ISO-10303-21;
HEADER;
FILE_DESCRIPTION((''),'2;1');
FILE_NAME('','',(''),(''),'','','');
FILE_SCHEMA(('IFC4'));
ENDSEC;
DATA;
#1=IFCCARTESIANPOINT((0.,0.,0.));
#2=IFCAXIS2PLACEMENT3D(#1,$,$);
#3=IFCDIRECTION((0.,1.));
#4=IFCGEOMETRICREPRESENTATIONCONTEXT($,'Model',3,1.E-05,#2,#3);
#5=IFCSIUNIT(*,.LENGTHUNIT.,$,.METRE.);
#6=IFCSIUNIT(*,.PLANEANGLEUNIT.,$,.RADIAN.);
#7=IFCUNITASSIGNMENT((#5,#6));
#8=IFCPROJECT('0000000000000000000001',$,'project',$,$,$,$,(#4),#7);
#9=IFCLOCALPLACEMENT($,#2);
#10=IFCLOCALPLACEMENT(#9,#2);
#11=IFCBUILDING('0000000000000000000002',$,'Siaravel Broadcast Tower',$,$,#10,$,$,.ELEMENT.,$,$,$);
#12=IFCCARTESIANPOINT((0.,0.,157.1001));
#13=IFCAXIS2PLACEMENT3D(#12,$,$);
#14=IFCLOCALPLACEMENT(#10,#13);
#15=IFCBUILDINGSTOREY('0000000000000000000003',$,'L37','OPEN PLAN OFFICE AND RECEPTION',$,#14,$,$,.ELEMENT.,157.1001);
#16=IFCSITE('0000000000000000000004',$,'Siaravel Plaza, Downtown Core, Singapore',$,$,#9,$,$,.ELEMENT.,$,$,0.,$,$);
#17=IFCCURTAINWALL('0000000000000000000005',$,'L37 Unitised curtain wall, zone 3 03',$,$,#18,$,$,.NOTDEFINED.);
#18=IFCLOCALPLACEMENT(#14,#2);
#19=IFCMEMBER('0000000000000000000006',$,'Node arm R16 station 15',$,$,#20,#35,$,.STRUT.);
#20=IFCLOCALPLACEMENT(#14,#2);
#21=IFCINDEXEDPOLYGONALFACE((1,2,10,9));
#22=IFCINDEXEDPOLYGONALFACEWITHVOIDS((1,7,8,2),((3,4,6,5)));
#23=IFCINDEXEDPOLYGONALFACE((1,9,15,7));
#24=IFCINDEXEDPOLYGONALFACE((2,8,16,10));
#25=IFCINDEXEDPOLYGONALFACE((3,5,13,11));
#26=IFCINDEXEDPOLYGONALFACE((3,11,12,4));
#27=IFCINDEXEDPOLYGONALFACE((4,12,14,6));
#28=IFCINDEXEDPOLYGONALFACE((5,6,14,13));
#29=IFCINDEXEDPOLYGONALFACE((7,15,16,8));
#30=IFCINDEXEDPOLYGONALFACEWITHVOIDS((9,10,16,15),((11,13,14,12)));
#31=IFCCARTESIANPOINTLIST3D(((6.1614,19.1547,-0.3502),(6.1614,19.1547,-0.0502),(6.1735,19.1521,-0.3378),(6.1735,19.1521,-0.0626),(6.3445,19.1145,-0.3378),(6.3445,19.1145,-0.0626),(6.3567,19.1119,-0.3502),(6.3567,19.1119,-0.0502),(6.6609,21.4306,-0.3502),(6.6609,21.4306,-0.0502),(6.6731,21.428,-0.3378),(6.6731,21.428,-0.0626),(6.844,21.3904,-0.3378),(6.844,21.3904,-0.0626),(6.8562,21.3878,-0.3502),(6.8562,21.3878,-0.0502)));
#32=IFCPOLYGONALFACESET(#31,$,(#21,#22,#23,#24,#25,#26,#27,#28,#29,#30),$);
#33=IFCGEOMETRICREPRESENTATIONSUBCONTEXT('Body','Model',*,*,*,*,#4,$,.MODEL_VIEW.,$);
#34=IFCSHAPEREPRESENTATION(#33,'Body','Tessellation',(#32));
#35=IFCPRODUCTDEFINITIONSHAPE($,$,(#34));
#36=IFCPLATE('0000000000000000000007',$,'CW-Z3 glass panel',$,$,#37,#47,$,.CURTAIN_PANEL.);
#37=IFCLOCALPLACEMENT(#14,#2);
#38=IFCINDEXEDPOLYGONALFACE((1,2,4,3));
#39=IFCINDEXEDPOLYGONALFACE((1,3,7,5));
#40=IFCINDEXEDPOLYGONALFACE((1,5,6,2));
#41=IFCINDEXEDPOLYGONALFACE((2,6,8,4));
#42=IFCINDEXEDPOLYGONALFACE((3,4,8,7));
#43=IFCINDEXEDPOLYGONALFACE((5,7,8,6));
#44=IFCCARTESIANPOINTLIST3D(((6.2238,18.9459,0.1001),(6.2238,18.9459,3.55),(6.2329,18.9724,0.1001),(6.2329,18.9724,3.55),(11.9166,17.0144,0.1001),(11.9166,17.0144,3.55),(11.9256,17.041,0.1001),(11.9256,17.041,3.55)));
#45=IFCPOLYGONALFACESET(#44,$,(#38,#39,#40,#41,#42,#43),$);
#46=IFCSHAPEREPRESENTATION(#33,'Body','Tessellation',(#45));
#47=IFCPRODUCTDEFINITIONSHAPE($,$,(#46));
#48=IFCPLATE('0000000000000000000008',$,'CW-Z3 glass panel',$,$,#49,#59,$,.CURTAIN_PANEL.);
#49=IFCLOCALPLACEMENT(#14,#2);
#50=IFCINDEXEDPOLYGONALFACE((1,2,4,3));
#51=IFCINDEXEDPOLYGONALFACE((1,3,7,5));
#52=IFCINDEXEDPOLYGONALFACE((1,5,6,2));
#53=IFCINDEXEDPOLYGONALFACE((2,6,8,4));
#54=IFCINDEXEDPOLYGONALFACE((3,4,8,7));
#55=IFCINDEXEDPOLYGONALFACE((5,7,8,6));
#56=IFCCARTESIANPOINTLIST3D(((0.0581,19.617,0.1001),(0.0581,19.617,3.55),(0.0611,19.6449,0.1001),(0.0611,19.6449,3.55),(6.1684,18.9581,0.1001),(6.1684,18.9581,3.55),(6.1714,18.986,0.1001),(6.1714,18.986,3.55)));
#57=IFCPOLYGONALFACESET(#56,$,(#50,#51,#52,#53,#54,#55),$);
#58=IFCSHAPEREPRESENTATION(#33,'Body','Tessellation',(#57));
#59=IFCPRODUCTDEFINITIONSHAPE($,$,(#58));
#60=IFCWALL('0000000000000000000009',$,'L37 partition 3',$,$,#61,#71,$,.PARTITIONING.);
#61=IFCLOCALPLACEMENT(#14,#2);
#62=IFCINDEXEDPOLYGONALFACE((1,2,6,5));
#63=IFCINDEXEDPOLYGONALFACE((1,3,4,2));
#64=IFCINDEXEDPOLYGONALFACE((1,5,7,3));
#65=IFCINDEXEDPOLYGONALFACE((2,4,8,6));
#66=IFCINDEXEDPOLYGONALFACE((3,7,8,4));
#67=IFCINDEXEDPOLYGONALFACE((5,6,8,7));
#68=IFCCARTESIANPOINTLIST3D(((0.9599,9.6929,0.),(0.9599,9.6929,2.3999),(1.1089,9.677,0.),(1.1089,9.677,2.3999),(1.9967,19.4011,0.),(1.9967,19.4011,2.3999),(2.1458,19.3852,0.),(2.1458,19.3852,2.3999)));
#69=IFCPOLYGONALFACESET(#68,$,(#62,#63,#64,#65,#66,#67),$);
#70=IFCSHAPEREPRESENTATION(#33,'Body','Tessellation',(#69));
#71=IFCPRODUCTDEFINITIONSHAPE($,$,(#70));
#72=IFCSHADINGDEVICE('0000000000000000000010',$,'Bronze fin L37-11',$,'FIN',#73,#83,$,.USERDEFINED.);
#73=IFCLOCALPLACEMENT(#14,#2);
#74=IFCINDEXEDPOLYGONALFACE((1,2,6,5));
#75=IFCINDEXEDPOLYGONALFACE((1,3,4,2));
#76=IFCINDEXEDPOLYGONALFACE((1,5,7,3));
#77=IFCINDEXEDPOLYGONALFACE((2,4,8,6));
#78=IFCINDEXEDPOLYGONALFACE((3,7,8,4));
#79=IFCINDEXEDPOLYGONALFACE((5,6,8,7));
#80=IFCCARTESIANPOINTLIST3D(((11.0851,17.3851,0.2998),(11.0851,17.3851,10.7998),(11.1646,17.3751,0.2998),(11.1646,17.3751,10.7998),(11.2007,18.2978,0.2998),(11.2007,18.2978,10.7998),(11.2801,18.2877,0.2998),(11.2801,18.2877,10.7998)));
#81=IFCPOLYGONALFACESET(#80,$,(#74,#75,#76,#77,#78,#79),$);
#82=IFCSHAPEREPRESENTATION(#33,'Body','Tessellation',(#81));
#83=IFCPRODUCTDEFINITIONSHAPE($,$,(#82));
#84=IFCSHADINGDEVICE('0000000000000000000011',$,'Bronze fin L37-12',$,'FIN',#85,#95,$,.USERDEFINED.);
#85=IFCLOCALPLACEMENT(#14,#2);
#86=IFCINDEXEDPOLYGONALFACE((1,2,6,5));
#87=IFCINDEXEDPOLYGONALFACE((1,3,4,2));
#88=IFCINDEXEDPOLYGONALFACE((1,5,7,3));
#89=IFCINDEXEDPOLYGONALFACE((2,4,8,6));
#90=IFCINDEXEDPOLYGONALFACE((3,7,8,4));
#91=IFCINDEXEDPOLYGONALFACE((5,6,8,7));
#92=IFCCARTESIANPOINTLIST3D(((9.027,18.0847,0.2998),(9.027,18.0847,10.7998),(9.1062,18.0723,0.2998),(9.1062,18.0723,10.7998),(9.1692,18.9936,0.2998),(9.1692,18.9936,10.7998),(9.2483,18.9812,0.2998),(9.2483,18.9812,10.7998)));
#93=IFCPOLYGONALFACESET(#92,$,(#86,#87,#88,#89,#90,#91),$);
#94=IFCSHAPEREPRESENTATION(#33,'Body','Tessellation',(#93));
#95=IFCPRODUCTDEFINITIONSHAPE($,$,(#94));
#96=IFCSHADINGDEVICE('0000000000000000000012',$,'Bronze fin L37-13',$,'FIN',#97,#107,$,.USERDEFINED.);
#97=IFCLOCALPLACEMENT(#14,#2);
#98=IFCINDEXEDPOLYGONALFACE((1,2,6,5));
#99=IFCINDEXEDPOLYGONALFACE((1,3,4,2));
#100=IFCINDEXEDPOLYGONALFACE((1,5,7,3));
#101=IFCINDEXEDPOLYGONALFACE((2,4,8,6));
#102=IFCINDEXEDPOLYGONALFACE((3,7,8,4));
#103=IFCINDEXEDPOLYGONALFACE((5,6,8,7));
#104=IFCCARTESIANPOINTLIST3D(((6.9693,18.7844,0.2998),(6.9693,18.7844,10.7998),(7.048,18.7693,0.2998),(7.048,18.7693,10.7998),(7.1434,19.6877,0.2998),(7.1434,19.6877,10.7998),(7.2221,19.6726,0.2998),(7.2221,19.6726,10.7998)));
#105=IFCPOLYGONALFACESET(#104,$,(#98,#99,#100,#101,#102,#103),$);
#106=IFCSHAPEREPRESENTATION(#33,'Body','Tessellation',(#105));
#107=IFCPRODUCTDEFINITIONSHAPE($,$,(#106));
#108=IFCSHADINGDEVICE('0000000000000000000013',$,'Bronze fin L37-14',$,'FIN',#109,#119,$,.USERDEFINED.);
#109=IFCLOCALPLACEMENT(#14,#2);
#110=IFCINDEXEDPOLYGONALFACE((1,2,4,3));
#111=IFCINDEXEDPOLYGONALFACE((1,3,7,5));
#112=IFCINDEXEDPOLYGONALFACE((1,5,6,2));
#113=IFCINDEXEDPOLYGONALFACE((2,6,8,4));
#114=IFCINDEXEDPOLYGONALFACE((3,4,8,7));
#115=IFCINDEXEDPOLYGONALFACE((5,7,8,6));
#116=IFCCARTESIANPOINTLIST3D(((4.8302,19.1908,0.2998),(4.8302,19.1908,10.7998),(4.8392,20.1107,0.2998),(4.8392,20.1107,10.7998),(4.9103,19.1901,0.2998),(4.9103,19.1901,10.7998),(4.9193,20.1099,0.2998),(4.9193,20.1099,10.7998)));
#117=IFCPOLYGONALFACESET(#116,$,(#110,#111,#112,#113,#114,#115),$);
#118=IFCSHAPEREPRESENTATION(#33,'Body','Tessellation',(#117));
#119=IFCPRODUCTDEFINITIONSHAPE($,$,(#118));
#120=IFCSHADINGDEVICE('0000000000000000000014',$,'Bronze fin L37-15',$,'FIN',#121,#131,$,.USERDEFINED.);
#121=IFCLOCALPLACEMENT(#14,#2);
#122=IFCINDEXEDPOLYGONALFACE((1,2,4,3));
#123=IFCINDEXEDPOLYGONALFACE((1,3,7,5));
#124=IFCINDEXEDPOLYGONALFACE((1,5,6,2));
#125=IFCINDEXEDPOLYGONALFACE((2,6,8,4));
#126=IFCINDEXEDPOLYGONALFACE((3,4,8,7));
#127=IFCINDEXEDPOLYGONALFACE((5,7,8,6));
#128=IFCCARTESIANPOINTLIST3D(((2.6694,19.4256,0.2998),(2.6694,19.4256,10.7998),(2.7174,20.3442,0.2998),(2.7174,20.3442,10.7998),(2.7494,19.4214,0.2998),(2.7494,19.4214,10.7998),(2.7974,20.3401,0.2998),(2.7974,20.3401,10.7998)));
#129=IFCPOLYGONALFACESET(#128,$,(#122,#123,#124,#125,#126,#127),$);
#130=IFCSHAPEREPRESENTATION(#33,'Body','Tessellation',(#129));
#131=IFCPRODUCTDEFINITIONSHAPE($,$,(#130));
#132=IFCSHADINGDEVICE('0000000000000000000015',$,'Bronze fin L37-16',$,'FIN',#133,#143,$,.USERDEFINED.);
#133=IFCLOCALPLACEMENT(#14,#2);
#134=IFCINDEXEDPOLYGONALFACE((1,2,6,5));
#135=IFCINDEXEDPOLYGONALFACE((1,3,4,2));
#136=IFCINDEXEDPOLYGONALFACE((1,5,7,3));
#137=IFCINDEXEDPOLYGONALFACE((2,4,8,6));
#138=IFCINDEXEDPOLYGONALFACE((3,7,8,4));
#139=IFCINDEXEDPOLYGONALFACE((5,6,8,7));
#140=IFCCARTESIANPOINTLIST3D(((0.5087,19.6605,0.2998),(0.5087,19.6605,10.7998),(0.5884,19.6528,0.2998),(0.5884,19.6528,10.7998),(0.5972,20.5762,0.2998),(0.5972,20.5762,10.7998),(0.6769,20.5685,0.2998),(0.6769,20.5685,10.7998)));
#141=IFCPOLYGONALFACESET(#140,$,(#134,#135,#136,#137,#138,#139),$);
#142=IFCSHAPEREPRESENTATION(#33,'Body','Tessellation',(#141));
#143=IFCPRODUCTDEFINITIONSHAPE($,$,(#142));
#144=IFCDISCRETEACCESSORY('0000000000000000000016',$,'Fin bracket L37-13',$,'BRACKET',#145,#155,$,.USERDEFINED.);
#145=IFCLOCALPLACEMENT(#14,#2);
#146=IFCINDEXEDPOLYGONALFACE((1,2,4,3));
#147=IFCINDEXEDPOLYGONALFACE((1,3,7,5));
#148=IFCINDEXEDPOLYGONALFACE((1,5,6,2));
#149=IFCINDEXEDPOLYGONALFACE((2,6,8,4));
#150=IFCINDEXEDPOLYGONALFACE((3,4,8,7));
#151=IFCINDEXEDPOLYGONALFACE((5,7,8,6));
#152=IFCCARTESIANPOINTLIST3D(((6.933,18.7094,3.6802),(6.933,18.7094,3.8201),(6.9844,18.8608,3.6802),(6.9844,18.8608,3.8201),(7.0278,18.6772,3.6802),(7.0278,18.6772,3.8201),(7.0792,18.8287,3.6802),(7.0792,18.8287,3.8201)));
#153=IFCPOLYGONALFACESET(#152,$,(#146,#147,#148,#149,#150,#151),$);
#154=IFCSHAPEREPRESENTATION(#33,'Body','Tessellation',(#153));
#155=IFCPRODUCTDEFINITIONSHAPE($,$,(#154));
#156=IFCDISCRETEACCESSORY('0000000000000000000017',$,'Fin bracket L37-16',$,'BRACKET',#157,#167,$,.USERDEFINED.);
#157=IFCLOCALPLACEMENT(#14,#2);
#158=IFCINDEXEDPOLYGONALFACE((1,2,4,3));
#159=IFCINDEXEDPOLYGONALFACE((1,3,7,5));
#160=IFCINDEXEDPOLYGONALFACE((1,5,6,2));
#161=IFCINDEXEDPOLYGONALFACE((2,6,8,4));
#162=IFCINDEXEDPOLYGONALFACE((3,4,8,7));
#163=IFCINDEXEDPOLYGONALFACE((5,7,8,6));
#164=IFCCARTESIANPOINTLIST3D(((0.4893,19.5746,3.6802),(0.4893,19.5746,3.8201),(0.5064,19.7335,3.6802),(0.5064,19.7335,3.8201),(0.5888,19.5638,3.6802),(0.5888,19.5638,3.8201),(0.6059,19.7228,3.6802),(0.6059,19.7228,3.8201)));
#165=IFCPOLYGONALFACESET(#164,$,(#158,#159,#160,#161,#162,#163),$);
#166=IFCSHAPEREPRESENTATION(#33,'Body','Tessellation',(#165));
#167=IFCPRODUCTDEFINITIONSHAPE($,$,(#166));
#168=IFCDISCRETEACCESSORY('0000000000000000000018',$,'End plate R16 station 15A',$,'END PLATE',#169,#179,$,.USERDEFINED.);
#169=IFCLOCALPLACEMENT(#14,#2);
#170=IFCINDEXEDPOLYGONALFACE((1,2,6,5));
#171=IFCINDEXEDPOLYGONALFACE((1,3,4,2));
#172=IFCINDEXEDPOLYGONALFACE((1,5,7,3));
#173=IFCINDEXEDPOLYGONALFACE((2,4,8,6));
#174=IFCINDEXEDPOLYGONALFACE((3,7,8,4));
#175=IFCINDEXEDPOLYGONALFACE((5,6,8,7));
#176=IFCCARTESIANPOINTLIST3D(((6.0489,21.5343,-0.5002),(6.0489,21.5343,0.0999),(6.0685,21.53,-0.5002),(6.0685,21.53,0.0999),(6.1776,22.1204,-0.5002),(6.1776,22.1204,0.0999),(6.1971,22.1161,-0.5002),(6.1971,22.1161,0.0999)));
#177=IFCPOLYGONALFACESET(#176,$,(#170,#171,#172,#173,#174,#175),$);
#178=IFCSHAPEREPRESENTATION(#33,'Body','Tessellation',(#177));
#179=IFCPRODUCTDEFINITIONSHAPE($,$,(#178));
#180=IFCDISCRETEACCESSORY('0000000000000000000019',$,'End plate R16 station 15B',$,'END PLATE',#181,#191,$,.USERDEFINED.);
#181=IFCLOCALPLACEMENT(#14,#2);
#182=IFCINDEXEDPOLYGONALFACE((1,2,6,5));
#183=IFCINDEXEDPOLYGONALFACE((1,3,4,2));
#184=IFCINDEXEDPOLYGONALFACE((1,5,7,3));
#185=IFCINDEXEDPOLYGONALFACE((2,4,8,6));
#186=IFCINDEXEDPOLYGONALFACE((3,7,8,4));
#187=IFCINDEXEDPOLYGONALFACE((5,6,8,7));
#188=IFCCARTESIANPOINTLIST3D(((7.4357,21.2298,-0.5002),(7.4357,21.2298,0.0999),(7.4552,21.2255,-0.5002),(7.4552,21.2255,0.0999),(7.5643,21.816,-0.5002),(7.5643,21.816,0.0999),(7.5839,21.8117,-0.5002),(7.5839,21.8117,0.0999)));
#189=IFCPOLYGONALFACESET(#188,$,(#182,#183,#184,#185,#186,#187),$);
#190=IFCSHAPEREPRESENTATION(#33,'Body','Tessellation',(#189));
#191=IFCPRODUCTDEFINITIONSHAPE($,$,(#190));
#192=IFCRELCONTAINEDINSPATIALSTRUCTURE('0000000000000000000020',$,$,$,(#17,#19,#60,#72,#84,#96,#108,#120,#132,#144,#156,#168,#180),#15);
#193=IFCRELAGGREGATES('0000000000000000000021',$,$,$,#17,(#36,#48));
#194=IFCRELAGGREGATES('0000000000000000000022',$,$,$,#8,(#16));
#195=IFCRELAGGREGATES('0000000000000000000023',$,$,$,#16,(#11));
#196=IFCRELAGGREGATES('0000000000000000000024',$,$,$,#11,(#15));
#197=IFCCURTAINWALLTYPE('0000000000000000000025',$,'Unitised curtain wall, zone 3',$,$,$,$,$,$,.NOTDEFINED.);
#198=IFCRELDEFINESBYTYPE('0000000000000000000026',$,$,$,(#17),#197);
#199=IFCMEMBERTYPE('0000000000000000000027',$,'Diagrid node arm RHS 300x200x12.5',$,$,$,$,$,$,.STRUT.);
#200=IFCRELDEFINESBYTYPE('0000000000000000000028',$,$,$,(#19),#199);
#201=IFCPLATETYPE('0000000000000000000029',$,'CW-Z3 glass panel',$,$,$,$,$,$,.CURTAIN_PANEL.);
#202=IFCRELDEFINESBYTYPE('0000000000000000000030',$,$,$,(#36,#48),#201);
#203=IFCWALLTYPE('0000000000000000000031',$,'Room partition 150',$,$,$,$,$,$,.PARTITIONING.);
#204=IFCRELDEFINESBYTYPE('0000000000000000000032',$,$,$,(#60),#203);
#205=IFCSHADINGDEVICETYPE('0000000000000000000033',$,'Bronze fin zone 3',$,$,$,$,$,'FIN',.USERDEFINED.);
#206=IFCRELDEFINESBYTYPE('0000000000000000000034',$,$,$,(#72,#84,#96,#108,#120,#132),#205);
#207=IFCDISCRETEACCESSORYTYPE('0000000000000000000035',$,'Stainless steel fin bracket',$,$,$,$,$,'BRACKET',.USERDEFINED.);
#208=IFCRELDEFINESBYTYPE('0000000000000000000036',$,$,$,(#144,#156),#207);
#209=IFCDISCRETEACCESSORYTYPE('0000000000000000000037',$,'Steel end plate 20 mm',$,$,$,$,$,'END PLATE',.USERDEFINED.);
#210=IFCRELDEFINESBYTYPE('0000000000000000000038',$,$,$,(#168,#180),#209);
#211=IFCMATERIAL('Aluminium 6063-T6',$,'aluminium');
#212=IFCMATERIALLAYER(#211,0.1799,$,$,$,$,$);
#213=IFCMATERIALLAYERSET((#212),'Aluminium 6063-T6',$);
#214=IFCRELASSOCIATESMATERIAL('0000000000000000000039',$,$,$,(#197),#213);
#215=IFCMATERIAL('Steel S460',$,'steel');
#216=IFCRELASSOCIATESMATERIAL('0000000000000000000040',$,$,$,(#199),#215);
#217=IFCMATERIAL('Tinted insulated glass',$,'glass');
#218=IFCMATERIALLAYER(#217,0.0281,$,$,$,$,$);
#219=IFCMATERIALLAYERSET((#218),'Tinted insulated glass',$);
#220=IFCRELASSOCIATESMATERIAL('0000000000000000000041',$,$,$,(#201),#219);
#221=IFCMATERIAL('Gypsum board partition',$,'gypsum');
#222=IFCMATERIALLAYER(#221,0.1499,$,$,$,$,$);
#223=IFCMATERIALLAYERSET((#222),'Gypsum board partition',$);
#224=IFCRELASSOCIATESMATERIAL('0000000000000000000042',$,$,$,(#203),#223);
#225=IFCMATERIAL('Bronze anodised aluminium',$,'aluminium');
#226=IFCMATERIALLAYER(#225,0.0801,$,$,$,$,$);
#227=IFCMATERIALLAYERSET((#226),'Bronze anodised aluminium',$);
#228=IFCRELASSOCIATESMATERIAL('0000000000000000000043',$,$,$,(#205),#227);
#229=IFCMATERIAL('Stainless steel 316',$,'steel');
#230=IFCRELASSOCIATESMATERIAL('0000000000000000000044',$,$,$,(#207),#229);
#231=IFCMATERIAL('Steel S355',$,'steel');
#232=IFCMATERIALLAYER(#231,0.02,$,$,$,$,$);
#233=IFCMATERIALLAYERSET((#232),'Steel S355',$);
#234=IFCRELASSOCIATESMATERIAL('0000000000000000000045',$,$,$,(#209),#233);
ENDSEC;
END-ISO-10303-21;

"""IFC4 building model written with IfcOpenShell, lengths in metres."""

from ifc_helpers import new_model, si_unit, direction, frame, frame_2d, origin, origin_2d, place, context, subcontext, project, spatial, rectangle, hollow_rectangle, extrude, material, layer, layer_set, material_profile, profile_set, type_object, element, aggregate, save


model = new_model("IFC4")

# Units and contexts
model_context = context("Model", 3, precision=1e-05, world=origin(), true_north=direction((0.0, 1.0)))
body_context = subcontext(model_context, "Body", "Model", "MODEL_VIEW")
ifc_project = project(units=[si_unit("LENGTHUNIT", "METRE"), si_unit("PLANEANGLEUNIT", "RADIAN")], contexts=[model_context])

# Site, building, storey
site_placement = place(None, origin())
site = spatial("IfcSite", under=ifc_project, at=site_placement, Name="Siaravel Plaza, Downtown Core, Singapore", CompositionType="ELEMENT", RefElevation=0.0)
building_placement = place(site_placement, origin())
building = spatial("IfcBuilding", under=site, at=building_placement, Name="Siaravel Broadcast Tower", CompositionType="ELEMENT")
storey_placement = place(building_placement, frame((0.0, 0.0, 157.1001)))
storey = spatial("IfcBuildingStorey", under=building, at=storey_placement, Name="L37", Description="OPEN PLAN OFFICE AND RECEPTION", CompositionType="ELEMENT", Elevation=157.1001)

# Shared definitions
ifc_material_1 = material(Name="Steel S355", Category="steel")

# Curtain wall
ifc_material_2 = material(Name="Aluminium 6063-T6", Category="aluminium")
ifc_layer_1 = layer(ifc_material_2, 0.1799)
ifc_layer_set_1 = layer_set([ifc_layer_1], Name="Aluminium 6063-T6")
curtain_wall_type = type_object("IfcCurtainWallType", Name="Unitised curtain wall, zone 3", PredefinedType="NOTDEFINED", material=ifc_layer_set_1)
curtain_wall_placement = place(storey_placement, origin())
curtain_wall = element("IfcCurtainWall", 1, at=curtain_wall_placement, inside=storey, type_object=curtain_wall_type, Name="L37 Unitised curtain wall, zone 3 03", PredefinedType="NOTDEFINED")

# Member
ifc_material_3 = material(Name="Steel S460", Category="steel")
ifc_material_profile_1 = material_profile(ifc_material_3, hollow_rectangle(XDim=0.2, YDim=0.3, WallThickness=0.0125, at=origin_2d()))
ifc_profile_set_1 = profile_set([ifc_material_profile_1], Name="Steel S460")
member_type_1 = type_object("IfcMemberType", Name="Diagrid node arm RHS 300x200x12.5", PredefinedType="STRUT", material=ifc_profile_set_1)
member_1_placement = place(storey_placement, frame((6.259, 19.1333, -0.2002), z_axis=(0.214378, 0.976751, 0.0), x_axis=(-0.976751, 0.214378, 0.0)))
element("IfcMember", 2, at=member_1_placement, inside=storey, type_object=member_type_1, Name="Node arm R16 station 15", PredefinedType="STRUT", context=body_context, shape_type="SweptSolid", body=[
    extrude(hollow_rectangle(XDim=0.2, YDim=0.3, WallThickness=0.0125, at=origin_2d()), origin(), (0.0, 0.0, 1.0), 2.3301),
])

# Plates
ifc_material_4 = material(Name="Tinted insulated glass", Category="glass")
ifc_layer_2 = layer(ifc_material_4, 0.0281)
ifc_layer_set_2 = layer_set([ifc_layer_2], Name="Tinted insulated glass")
plate_type = type_object("IfcPlateType", Name="CW-Z3 glass panel", PredefinedType="CURTAIN_PANEL", material=ifc_layer_set_2)
plate_1_placement = place(storey_placement, frame((9.0747, 17.9934, 0.1001), z_axis=(0.0, 0.0, 1.0), x_axis=(-0.946977, 0.321301, 0.0)))
plate_1 = element("IfcPlate", 3, at=plate_1_placement, type_object=plate_type, Name="CW-Z3 glass panel", PredefinedType="CURTAIN_PANEL", context=body_context, shape_type="SweptSolid", body=[
    extrude(rectangle(XDim=6.0115, YDim=0.0281, at=origin_2d()), origin(), (0.0, 0.0, 1.0), 3.45),
])
plate_2_placement = place(storey_placement, frame((3.1147, 19.3015, 0.1001), z_axis=(0.0, 0.0, 1.0), x_axis=(-0.994236, 0.107218, 0.0)))
plate_2 = element("IfcPlate", 4, at=plate_2_placement, type_object=plate_type, Name="CW-Z3 glass panel", PredefinedType="CURTAIN_PANEL", context=body_context, shape_type="SweptSolid", body=[
    extrude(rectangle(XDim=6.1458, YDim=0.0281, at=origin_2d()), origin(), (0.0, 0.0, 1.0), 3.45),
])
aggregate(curtain_wall, [plate_1, plate_2])

# Wall
ifc_material_5 = material(Name="Gypsum board partition", Category="gypsum")
ifc_layer_3 = layer(ifc_material_5, 0.1499)
ifc_layer_set_3 = layer_set([ifc_layer_3], Name="Gypsum board partition")
wall_type = type_object("IfcWallType", Name="Room partition 150", PredefinedType="PARTITIONING", material=ifc_layer_set_3)
wall_placement = place(storey_placement, frame((2.0713, 19.3933, 0.0), z_axis=(0.0, 0.0, 1.0), x_axis=(-0.106198, -0.994345, 0.0)))
element("IfcWall", 5, at=wall_placement, inside=storey, type_object=wall_type, Name="L37 partition 3", PredefinedType="PARTITIONING", context=body_context, shape_type="SweptSolid", body=[
    extrude(rectangle(XDim=9.7634, YDim=0.1499, at=frame_2d((4.8818, 0.0))), origin(), (0.0, 0.0, 1.0), 2.3999),
])

# Shading devices
ifc_material_6 = material(Name="Bronze anodised aluminium", Category="aluminium")
ifc_layer_4 = layer(ifc_material_6, 0.0801)
ifc_layer_set_4 = layer_set([ifc_layer_4], Name="Bronze anodised aluminium")
shading_device_type = type_object("IfcShadingDeviceType", Name="Bronze fin zone 3", ElementType="FIN", PredefinedType="USERDEFINED", material=ifc_layer_set_4)
for number, where, z_axis, x_axis, name in (
    (6, (11.1826, 17.8364, 0.2998), (0.0, 0.0, 1.0), (0.125567, 0.992085, 0.0), "Bronze fin L37-11"),
    (7, (9.1377, 18.533, 0.2998), (0.0, 0.0, 1.0), (0.154552, 0.987985, 0.0), "Bronze fin L37-12"),
    (8, (7.0957, 19.2285, 0.2998), (0.0, 0.0, 1.0), (0.189274, 0.981924, 0.0), "Bronze fin L37-13"),
    (9, (4.8748, 19.6504, 0.2998), (0.0, 0.0, 1.0), (0.009837, 0.999952, 0.0), "Bronze fin L37-14"),
    (10, (2.7334, 19.8828, 0.2998), (0.0, 0.0, 1.0), (0.052235, 0.998635, 0.0), "Bronze fin L37-15"),
    (11, (0.5928, 20.1145, 0.2998), (0.0, 0.0, 1.0), (0.096237, 0.995358, 0.0), "Bronze fin L37-16"),
):
    element("IfcShadingDevice", number, at=place(storey_placement, frame(where, z_axis=z_axis, x_axis=x_axis)), inside=storey, type_object=shading_device_type, Name=name, ObjectType="FIN", PredefinedType="USERDEFINED", context=body_context, shape_type="SweptSolid", body=[
        extrude(rectangle(XDim=0.9199, YDim=0.0801, at=origin_2d()), origin(), (0.0, 0.0, 1.0), 10.5),
    ])

# Discrete accessories
ifc_material_7 = material(Name="Stainless steel 316", Category="steel")
discrete_accessory_type_1 = type_object("IfcDiscreteAccessoryType", Name="Stainless steel fin bracket", ElementType="BRACKET", PredefinedType="USERDEFINED", material=ifc_material_7)
for number, where, z_axis, x_axis, name in (
    (12, (7.0061, 18.769, 3.6802), (0.0, 0.0, 1.0), (0.321301, 0.946977, 0.0), "Fin bracket L37-13"),
    (13, (0.5476, 19.6487, 3.6802), (0.0, 0.0, 1.0), (0.107219, 0.994235, 0.0), "Fin bracket L37-16"),
):
    element("IfcDiscreteAccessory", number, at=place(storey_placement, frame(where, z_axis=z_axis, x_axis=x_axis)), inside=storey, type_object=discrete_accessory_type_1, Name=name, ObjectType="BRACKET", PredefinedType="USERDEFINED", context=body_context, shape_type="SweptSolid", body=[
        extrude(rectangle(XDim=0.1599, YDim=0.1001, at=origin_2d()), origin(), (0.0, 0.0, 1.0), 0.1399),
    ])
ifc_layer_5 = layer(ifc_material_1, 0.02)
ifc_layer_set_5 = layer_set([ifc_layer_5], Name="Steel S355")
discrete_accessory_type_2 = type_object("IfcDiscreteAccessoryType", Name="Steel end plate 20 mm", ElementType="END PLATE", PredefinedType="USERDEFINED", material=ifc_layer_set_5)
for number, where, z_axis, x_axis, name in (
    (14, (6.123, 21.8252, -0.5002), (0.0, 0.0, 1.0), (-0.976751, 0.214377, 0.0), "End plate R16 station 15A"),
    (15, (7.5098, 21.5208, -0.5002), (0.0, 0.0, 1.0), (-0.976751, 0.214377, 0.0), "End plate R16 station 15B"),
):
    element("IfcDiscreteAccessory", number, at=place(storey_placement, frame(where, z_axis=z_axis, x_axis=x_axis)), inside=storey, type_object=discrete_accessory_type_2, Name=name, ObjectType="END PLATE", PredefinedType="USERDEFINED", context=body_context, shape_type="SweptSolid", body=[
        extrude(rectangle(XDim=0.02, YDim=0.6001, at=origin_2d()), origin(), (0.0, 0.0, 1.0), 0.6001),
    ])

save(model, "model.ifc")
